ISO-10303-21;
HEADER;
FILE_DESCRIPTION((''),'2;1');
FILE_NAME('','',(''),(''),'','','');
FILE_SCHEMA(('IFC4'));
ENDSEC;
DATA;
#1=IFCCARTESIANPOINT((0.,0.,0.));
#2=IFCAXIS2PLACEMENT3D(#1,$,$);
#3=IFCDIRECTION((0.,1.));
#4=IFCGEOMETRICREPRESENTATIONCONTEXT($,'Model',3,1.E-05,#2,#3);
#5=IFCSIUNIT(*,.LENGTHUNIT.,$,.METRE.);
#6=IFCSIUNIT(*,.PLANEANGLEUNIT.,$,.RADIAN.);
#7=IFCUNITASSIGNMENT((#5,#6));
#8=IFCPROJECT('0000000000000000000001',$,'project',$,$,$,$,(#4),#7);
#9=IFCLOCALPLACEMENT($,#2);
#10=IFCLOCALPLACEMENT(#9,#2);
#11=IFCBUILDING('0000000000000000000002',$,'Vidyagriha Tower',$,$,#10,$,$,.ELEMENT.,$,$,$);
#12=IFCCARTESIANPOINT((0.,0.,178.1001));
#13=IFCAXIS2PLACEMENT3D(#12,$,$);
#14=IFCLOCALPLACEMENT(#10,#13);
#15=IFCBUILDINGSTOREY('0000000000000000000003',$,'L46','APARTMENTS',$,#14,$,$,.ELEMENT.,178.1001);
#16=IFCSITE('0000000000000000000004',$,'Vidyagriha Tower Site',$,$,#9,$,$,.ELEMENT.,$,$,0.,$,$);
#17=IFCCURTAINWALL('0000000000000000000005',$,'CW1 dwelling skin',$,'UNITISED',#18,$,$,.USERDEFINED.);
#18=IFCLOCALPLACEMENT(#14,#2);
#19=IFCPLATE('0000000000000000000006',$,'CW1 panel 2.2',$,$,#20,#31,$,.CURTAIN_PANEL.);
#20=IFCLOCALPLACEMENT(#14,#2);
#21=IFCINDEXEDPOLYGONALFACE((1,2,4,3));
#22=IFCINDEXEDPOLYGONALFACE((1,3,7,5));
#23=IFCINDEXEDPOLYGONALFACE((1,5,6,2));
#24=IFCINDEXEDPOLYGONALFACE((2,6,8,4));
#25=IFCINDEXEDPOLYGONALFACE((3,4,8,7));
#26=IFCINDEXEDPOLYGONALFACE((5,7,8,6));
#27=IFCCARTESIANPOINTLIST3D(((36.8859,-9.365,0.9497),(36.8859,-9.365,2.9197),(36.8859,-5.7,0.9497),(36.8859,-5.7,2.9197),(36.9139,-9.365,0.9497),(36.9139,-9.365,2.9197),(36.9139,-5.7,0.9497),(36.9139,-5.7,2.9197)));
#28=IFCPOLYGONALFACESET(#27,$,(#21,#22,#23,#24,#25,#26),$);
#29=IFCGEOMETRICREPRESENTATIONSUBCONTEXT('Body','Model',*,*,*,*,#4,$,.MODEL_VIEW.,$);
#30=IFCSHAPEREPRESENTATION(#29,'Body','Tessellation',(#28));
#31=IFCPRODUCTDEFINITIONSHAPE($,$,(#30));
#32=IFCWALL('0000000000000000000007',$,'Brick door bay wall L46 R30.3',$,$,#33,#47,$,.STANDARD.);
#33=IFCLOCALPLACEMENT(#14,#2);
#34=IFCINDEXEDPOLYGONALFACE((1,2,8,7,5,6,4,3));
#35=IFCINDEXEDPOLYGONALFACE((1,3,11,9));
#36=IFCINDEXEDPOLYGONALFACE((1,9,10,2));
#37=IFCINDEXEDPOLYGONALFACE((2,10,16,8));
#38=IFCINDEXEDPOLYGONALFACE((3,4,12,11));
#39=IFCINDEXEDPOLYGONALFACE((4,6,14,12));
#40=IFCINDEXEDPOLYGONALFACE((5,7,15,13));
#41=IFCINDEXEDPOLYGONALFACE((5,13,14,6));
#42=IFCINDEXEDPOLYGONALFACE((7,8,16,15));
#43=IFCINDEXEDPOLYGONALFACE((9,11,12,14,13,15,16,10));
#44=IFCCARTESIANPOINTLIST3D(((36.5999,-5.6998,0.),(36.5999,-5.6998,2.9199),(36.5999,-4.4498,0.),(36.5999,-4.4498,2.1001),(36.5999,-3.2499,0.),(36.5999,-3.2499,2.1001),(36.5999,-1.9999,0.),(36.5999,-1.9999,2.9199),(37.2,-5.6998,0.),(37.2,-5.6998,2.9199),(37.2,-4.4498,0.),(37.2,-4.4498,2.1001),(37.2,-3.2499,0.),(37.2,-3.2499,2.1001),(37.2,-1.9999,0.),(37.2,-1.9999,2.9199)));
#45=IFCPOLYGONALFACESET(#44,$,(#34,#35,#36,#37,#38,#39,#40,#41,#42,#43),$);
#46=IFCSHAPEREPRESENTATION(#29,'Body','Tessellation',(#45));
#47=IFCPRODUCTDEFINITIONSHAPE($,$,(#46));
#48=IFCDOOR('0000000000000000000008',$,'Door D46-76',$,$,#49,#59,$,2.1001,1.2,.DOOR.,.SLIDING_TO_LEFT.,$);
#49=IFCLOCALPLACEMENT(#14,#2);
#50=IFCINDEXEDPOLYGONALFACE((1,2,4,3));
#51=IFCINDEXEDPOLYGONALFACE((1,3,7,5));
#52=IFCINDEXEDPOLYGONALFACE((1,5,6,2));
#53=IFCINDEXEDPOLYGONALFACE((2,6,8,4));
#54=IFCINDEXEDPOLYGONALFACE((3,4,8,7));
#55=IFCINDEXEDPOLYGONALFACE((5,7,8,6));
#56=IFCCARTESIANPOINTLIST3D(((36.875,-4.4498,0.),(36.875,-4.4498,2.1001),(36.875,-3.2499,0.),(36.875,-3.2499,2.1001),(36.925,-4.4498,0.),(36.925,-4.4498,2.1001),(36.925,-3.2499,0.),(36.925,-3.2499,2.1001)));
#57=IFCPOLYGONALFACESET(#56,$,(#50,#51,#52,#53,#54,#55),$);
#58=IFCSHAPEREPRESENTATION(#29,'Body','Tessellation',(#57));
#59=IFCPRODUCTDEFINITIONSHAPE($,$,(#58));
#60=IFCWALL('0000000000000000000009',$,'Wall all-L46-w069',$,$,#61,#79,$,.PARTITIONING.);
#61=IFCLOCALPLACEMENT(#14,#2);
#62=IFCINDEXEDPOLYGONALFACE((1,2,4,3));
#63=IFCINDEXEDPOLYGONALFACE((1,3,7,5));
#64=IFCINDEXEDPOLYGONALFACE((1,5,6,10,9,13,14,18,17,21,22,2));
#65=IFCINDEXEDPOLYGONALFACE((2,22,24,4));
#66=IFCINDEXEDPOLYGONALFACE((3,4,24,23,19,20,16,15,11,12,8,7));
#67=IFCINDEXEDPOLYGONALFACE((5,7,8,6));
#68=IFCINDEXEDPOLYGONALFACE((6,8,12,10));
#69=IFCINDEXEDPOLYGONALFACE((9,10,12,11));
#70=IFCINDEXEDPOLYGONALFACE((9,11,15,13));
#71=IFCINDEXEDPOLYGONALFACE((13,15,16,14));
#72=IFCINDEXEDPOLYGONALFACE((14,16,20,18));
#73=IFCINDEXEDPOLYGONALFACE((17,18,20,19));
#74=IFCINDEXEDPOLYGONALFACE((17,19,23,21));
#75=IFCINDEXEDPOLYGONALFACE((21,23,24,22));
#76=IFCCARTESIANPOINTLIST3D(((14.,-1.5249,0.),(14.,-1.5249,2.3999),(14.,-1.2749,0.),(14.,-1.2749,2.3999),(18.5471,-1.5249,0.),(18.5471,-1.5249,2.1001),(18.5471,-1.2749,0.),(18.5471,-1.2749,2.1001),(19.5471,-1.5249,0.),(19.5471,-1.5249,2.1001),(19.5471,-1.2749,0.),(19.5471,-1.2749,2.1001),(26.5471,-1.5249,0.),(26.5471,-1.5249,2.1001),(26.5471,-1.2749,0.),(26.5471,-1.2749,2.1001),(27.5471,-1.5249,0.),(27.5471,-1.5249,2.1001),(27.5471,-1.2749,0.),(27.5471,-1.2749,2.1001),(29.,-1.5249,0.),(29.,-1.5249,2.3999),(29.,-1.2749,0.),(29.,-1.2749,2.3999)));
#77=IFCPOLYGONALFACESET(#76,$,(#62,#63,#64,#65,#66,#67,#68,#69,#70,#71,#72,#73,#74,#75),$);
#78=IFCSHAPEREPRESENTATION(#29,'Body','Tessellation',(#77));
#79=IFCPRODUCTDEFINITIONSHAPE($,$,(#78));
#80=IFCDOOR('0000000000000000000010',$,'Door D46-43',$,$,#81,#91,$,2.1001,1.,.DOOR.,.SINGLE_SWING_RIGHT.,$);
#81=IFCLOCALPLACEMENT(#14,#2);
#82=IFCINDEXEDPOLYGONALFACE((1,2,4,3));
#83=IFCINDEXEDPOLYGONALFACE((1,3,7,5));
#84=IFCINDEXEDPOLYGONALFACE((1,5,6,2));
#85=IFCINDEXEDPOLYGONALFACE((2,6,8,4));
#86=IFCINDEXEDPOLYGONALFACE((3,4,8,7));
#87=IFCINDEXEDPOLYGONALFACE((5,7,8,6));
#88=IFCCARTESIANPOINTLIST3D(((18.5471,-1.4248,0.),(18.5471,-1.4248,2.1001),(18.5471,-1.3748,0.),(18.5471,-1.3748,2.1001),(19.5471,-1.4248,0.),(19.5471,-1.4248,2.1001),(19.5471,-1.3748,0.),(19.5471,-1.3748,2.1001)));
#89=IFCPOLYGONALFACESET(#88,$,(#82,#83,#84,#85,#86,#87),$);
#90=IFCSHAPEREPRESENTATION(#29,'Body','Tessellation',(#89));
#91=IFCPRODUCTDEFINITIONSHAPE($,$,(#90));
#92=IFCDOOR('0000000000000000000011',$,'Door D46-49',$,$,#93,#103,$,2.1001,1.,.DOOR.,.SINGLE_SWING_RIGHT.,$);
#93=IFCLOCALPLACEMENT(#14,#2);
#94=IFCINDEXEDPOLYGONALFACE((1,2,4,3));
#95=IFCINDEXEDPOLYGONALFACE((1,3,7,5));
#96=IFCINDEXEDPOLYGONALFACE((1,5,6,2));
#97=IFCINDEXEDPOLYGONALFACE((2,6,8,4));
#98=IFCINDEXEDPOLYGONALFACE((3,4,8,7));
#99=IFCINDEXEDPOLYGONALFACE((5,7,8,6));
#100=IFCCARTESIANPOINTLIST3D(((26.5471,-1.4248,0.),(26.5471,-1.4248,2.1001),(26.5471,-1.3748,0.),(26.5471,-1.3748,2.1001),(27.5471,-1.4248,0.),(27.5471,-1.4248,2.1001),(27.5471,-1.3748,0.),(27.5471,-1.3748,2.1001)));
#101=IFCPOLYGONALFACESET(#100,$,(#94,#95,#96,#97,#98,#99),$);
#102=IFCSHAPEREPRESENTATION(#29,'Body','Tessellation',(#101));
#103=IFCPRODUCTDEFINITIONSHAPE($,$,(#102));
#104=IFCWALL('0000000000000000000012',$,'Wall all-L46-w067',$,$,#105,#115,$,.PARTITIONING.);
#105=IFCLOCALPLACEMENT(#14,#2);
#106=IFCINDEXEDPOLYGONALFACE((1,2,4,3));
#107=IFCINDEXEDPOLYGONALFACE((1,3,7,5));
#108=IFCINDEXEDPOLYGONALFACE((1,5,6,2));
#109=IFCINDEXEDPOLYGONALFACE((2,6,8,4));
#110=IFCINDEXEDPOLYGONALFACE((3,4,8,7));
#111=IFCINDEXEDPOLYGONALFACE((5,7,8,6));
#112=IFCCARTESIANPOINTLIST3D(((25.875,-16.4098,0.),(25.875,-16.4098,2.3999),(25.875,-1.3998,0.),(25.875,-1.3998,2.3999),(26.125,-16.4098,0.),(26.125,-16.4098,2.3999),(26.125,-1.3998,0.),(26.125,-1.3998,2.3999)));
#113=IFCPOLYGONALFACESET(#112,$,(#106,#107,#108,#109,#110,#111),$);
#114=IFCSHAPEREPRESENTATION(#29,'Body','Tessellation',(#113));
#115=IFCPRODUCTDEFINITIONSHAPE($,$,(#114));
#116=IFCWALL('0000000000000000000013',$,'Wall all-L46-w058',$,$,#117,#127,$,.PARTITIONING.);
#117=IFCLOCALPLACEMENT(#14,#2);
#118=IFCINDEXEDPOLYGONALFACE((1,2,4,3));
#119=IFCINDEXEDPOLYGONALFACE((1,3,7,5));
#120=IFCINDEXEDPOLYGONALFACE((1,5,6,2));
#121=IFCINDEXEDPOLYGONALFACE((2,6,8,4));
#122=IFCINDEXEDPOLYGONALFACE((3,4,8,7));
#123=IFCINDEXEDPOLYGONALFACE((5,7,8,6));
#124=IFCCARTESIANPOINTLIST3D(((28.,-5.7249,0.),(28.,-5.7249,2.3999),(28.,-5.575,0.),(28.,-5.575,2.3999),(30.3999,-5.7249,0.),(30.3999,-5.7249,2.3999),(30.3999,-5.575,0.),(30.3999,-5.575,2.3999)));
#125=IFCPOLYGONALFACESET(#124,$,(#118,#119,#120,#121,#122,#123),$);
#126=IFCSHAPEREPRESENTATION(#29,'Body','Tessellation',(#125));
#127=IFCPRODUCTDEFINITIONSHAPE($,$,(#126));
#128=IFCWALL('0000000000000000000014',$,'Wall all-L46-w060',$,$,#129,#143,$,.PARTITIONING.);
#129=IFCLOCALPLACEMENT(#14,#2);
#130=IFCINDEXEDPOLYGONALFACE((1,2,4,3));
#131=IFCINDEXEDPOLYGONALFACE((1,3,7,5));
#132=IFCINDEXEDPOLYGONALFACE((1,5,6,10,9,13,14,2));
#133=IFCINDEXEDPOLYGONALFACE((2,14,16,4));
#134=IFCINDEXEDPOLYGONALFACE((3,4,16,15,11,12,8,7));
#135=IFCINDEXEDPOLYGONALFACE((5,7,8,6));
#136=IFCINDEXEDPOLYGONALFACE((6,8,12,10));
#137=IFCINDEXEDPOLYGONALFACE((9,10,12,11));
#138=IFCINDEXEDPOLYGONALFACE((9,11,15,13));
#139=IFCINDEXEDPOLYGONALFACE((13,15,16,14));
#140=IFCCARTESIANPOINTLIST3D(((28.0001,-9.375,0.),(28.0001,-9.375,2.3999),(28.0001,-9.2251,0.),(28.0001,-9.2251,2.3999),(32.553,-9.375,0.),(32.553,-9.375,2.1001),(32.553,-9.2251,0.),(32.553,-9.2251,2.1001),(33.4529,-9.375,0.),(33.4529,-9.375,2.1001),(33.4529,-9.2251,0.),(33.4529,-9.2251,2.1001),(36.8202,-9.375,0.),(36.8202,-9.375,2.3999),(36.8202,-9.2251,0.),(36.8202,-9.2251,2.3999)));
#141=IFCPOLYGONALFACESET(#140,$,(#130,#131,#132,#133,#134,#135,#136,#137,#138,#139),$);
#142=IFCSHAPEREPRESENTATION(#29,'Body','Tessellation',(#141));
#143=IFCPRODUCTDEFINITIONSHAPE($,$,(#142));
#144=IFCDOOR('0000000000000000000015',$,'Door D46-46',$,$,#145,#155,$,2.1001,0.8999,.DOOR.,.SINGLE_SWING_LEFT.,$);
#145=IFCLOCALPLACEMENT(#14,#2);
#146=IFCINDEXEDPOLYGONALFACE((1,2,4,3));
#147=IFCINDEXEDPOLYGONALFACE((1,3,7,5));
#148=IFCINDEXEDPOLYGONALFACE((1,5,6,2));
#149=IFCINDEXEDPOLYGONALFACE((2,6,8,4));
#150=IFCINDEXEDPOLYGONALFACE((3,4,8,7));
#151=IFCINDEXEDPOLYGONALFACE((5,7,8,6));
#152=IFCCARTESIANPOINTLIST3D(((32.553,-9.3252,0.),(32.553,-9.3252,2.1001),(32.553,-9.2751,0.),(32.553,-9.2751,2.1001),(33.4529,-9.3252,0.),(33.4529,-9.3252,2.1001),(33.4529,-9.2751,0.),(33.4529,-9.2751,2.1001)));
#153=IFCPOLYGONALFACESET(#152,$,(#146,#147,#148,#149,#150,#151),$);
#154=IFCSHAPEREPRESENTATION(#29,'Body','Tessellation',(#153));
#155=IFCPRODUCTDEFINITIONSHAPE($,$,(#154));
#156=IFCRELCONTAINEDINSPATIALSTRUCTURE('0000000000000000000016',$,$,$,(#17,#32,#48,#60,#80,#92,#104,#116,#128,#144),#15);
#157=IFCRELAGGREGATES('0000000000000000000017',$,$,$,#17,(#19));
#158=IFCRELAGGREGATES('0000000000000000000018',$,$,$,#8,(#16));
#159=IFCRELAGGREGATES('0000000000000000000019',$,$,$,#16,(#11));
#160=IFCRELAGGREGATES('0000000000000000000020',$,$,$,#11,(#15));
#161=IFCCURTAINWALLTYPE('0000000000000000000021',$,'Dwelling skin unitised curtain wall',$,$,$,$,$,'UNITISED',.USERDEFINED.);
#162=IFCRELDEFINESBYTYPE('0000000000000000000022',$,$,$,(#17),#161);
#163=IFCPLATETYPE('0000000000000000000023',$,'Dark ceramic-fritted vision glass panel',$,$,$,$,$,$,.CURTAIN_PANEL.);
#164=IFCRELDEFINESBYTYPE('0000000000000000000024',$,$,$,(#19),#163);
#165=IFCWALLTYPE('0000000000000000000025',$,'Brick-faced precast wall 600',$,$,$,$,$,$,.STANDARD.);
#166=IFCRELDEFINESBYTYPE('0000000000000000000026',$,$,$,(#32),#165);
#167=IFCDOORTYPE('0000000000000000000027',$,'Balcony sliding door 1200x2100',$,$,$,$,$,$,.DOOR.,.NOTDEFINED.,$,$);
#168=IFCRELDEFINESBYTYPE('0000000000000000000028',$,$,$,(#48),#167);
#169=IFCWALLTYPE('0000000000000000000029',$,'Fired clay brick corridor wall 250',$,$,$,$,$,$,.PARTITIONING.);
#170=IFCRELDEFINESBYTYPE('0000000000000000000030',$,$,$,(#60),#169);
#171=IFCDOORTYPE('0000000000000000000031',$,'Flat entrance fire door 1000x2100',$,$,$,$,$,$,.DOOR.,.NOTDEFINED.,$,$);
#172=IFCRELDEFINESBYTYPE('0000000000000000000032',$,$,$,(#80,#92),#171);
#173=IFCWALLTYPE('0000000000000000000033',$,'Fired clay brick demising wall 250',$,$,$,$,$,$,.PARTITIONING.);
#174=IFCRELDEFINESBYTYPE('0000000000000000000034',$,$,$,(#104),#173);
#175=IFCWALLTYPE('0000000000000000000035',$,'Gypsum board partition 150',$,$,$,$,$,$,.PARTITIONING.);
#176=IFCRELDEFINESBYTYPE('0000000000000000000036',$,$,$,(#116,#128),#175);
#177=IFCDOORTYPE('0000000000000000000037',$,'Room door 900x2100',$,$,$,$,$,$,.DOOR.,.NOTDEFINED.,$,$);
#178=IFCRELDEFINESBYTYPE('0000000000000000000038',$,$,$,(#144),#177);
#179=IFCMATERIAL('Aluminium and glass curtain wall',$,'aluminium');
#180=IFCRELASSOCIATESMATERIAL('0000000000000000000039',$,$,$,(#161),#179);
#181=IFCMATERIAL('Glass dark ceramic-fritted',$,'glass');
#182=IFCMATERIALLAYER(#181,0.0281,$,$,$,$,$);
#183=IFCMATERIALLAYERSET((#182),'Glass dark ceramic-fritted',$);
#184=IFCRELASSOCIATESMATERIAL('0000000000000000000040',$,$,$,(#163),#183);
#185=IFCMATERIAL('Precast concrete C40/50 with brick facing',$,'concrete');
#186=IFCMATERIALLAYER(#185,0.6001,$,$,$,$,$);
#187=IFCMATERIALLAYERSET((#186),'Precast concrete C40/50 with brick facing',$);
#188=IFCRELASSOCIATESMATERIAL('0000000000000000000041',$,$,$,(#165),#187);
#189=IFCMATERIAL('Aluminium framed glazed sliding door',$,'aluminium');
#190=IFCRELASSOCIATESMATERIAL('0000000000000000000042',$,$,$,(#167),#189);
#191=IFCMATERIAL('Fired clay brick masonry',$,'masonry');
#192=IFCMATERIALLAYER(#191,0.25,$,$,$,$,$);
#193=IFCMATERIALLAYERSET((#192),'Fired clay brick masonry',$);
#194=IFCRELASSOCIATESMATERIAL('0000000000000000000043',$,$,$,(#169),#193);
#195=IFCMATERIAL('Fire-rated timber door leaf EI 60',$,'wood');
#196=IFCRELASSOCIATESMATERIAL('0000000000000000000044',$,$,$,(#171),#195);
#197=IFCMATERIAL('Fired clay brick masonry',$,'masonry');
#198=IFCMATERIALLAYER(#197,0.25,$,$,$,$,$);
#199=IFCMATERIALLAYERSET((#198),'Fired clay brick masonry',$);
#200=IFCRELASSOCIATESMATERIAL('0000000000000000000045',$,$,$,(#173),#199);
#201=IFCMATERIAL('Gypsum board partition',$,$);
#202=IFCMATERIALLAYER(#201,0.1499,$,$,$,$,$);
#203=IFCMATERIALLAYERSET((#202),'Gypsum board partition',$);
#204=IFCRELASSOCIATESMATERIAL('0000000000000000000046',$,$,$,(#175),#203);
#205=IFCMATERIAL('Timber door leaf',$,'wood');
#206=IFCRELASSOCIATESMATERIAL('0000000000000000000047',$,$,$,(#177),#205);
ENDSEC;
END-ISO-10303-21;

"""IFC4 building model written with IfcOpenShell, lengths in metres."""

from ifc_helpers import new_model, si_unit, direction, frame, frame_2d, origin, origin_2d, place, context, subcontext, project, spatial, rectangle, extrude, material, layer, layer_set, type_object, element, fill, aggregate, save


model = new_model("IFC4")

# Units and contexts
model_context = context("Model", 3, precision=1e-05, world=origin(), true_north=direction((0.0, 1.0)))
body_context = subcontext(model_context, "Body", "Model", "MODEL_VIEW")
ifc_project = project(units=[si_unit("LENGTHUNIT", "METRE"), si_unit("PLANEANGLEUNIT", "RADIAN")], contexts=[model_context])

# Site, building, storey
site_placement = place(None, origin())
site = spatial("IfcSite", under=ifc_project, at=site_placement, Name="Vidyagriha Tower Site", CompositionType="ELEMENT", RefElevation=0.0)
building_placement = place(site_placement, origin())
building = spatial("IfcBuilding", under=site, at=building_placement, Name="Vidyagriha Tower", CompositionType="ELEMENT")
storey_placement = place(building_placement, frame((0.0, 0.0, 178.1001)))
storey = spatial("IfcBuildingStorey", under=building, at=storey_placement, Name="L46", Description="APARTMENTS", CompositionType="ELEMENT", Elevation=178.1001)

# Curtain wall
ifc_material_1 = material(Name="Aluminium and glass curtain wall", Category="aluminium")
curtain_wall_type = type_object("IfcCurtainWallType", Name="Dwelling skin unitised curtain wall", ElementType="UNITISED", PredefinedType="USERDEFINED", material=ifc_material_1)
curtain_wall_1_placement = place(storey_placement, origin())
curtain_wall_1 = element("IfcCurtainWall", 1, at=curtain_wall_1_placement, inside=storey, type_object=curtain_wall_type, Name="CW1 dwelling skin", ObjectType="UNITISED", PredefinedType="USERDEFINED")

# Plate
ifc_material_2 = material(Name="Glass dark ceramic-fritted", Category="glass")
ifc_layer_1 = layer(ifc_material_2, 0.0281)
ifc_layer_set_1 = layer_set([ifc_layer_1], Name="Glass dark ceramic-fritted")
plate_type_1 = type_object("IfcPlateType", Name="Dark ceramic-fritted vision glass panel", PredefinedType="CURTAIN_PANEL", material=ifc_layer_set_1)
plate_1_placement = place(storey_placement, frame((36.8999, -7.5325, 0.9497), z_axis=(0.0, 0.0, 1.0), x_axis=(0.0, 1.0, 0.0)))
plate_1 = element("IfcPlate", 2, at=plate_1_placement, type_object=plate_type_1, Name="CW1 panel 2.2", PredefinedType="CURTAIN_PANEL", context=body_context, shape_type="SweptSolid", body=[
    extrude(rectangle(XDim=3.665, YDim=0.0281, at=origin_2d()), origin(), (0.0, 0.0, 1.0), 1.97),
])
aggregate(curtain_wall_1, [plate_1])

# Wall, opening, door
ifc_material_3 = material(Name="Precast concrete C40/50 with brick facing", Category="concrete")
ifc_layer_2 = layer(ifc_material_3, 0.6001)
ifc_layer_set_2 = layer_set([ifc_layer_2], Name="Precast concrete C40/50 with brick facing")
wall_type_1 = type_object("IfcWallType", Name="Brick-faced precast wall 600", PredefinedType="STANDARD", material=ifc_layer_set_2)
wall_1_placement = place(storey_placement, frame((36.8999, -5.7, 0.0), z_axis=(0.0, 0.0, 1.0), x_axis=(0.0, 1.0, 0.0)))
wall_1 = element("IfcWall", 3, at=wall_1_placement, inside=storey, type_object=wall_type_1, Name="Brick door bay wall L46 R30.3", PredefinedType="STANDARD", context=body_context, shape_type="SweptSolid", body=[
    extrude(rectangle(XDim=3.7, YDim=0.6001, at=frame_2d((1.8501, 0.0))), origin(), (0.0, 0.0, 1.0), 2.9199),
])
opening_1_placement = place(wall_1_placement, frame((1.25, 0.0, 0.0)))
opening_1 = element("IfcOpeningElement", 4, at=opening_1_placement, cuts=wall_1, PredefinedType="OPENING", context=body_context, shape_type="SweptSolid", body=[
    extrude(rectangle(XDim=1.2, YDim=2.1001, at=frame_2d((0.6001, 1.05))), frame((0.0, 0.3101, 0.0), z_axis=(0.0, -1.0, 0.0), x_axis=(1.0, 0.0, 0.0)), (0.0, 0.0, 1.0), 0.6201),
])
ifc_material_4 = material(Name="Aluminium framed glazed sliding door", Category="aluminium")
door_type_1 = type_object("IfcDoorType", Name="Balcony sliding door 1200x2100", OperationType="NOTDEFINED", PredefinedType="DOOR", material=ifc_material_4)
door_1_placement = place(opening_1_placement, origin())
door_1 = element("IfcDoor", 5, at=door_1_placement, inside=storey, type_object=door_type_1, Name="Door D46-76", OperationType="SLIDING_TO_LEFT", OverallHeight=2.1001, OverallWidth=1.2, PredefinedType="DOOR", context=body_context, shape_type="SweptSolid", body=[
    extrude(rectangle(XDim=1.2, YDim=2.1001, at=frame_2d((0.6001, 1.05))), frame((0.0, 0.0249, 0.0), z_axis=(0.0, -1.0, 0.0), x_axis=(1.0, 0.0, 0.0)), (0.0, 0.0, 1.0), 0.05),
])
fill(opening_1, door_1)

# Wall, openings, doors
ifc_material_5 = material(Name="Fired clay brick masonry", Category="masonry")
ifc_layer_3 = layer(ifc_material_5, 0.25)
ifc_layer_set_3 = layer_set([ifc_layer_3], Name="Fired clay brick masonry")
wall_type_2 = type_object("IfcWallType", Name="Fired clay brick corridor wall 250", PredefinedType="PARTITIONING", material=ifc_layer_set_3)
wall_2_placement = place(storey_placement, frame((29.0, -1.3999, 0.0), z_axis=(0.0, 0.0, 1.0), x_axis=(-1.0, 0.0, 0.0)))
wall_2 = element("IfcWall", 6, at=wall_2_placement, inside=storey, type_object=wall_type_2, Name="Wall all-L46-w069", PredefinedType="PARTITIONING", context=body_context, shape_type="SweptSolid", body=[
    extrude(rectangle(XDim=15.0, YDim=0.25, at=frame_2d((7.5, 0.0))), origin(), (0.0, 0.0, 1.0), 2.3999),
])
opening_2_placement = place(wall_2_placement, frame((9.4529, 0.0, 0.0)))
opening_2 = element("IfcOpeningElement", 7, at=opening_2_placement, cuts=wall_2, PredefinedType="OPENING", context=body_context, shape_type="SweptSolid", body=[
    extrude(rectangle(XDim=1.0, YDim=2.1001, at=frame_2d((0.5, 1.05))), frame((0.0, 0.135, 0.0), z_axis=(0.0, -1.0, 0.0), x_axis=(1.0, 0.0, 0.0)), (0.0, 0.0, 1.0), 0.27),
])
opening_3_placement = place(wall_2_placement, frame((1.4529, 0.0, 0.0)))
opening_3 = element("IfcOpeningElement", 8, at=opening_3_placement, cuts=wall_2, PredefinedType="OPENING", context=body_context, shape_type="SweptSolid", body=[
    extrude(rectangle(XDim=1.0, YDim=2.1001, at=frame_2d((0.5, 1.05))), frame((0.0, 0.135, 0.0), z_axis=(0.0, -1.0, 0.0), x_axis=(1.0, 0.0, 0.0)), (0.0, 0.0, 1.0), 0.27),
])
ifc_material_6 = material(Name="Fire-rated timber door leaf EI 60", Category="wood")
door_type_2 = type_object("IfcDoorType", Name="Flat entrance fire door 1000x2100", OperationType="NOTDEFINED", PredefinedType="DOOR", material=ifc_material_6)
door_2_placement = place(opening_2_placement, origin())
door_2 = element("IfcDoor", 9, at=door_2_placement, inside=storey, type_object=door_type_2, Name="Door D46-43", OperationType="SINGLE_SWING_RIGHT", OverallHeight=2.1001, OverallWidth=1.0, PredefinedType="DOOR", context=body_context, shape_type="SweptSolid", body=[
    extrude(rectangle(XDim=1.0, YDim=2.1001, at=frame_2d((0.5, 1.05))), frame((0.0, 0.0249, 0.0), z_axis=(0.0, -1.0, 0.0), x_axis=(1.0, 0.0, 0.0)), (0.0, 0.0, 1.0), 0.05),
])
fill(opening_2, door_2)
door_3_placement = place(opening_3_placement, origin())
door_3 = element("IfcDoor", 10, at=door_3_placement, inside=storey, type_object=door_type_2, Name="Door D46-49", OperationType="SINGLE_SWING_RIGHT", OverallHeight=2.1001, OverallWidth=1.0, PredefinedType="DOOR", context=body_context, shape_type="SweptSolid", body=[
    extrude(rectangle(XDim=1.0, YDim=2.1001, at=frame_2d((0.5, 1.05))), frame((0.0, 0.0249, 0.0), z_axis=(0.0, -1.0, 0.0), x_axis=(1.0, 0.0, 0.0)), (0.0, 0.0, 1.0), 0.05),
])
fill(opening_3, door_3)

# Walls
ifc_material_7 = material(Name="Fired clay brick masonry", Category="masonry")
ifc_layer_4 = layer(ifc_material_7, 0.25)
ifc_layer_set_4 = layer_set([ifc_layer_4], Name="Fired clay brick masonry")
wall_type_3 = type_object("IfcWallType", Name="Fired clay brick demising wall 250", PredefinedType="PARTITIONING", material=ifc_layer_set_4)
wall_3_placement = place(storey_placement, frame((26.0, -1.3999, 0.0), z_axis=(0.0, 0.0, 1.0), x_axis=(0.0, -1.0, 0.0)))
element("IfcWall", 11, at=wall_3_placement, inside=storey, type_object=wall_type_3, Name="Wall all-L46-w067", PredefinedType="PARTITIONING", context=body_context, shape_type="SweptSolid", body=[
    extrude(rectangle(XDim=15.01, YDim=0.25, at=frame_2d((7.5049, 0.0))), origin(), (0.0, 0.0, 1.0), 2.3999),
])
ifc_material_8 = material(Name="Gypsum board partition")
ifc_layer_5 = layer(ifc_material_8, 0.1499)
ifc_layer_set_5 = layer_set([ifc_layer_5], Name="Gypsum board partition")
wall_type_4 = type_object("IfcWallType", Name="Gypsum board partition 150", PredefinedType="PARTITIONING", material=ifc_layer_set_5)
wall_4_placement = place(storey_placement, frame((30.3999, -5.6499, 0.0), z_axis=(0.0, 0.0, 1.0), x_axis=(-1.0, 0.0, 0.0)))
element("IfcWall", 12, at=wall_4_placement, inside=storey, type_object=wall_type_4, Name="Wall all-L46-w058", PredefinedType="PARTITIONING", context=body_context, shape_type="SweptSolid", body=[
    extrude(rectangle(XDim=2.3999, YDim=0.1499, at=frame_2d((1.2, 0.0))), origin(), (0.0, 0.0, 1.0), 2.3999),
])

# Wall, opening, door
wall_5_placement = place(storey_placement, frame((28.0, -9.3, 0.0)))
wall_5 = element("IfcWall", 13, at=wall_5_placement, inside=storey, type_object=wall_type_4, Name="Wall all-L46-w060", PredefinedType="PARTITIONING", context=body_context, shape_type="SweptSolid", body=[
    extrude(rectangle(XDim=8.8201, YDim=0.1499, at=frame_2d((4.4102, 0.0))), origin(), (0.0, 0.0, 1.0), 2.3999),
])
opening_4_placement = place(wall_5_placement, frame((4.553, 0.0, 0.0)))
opening_4 = element("IfcOpeningElement", 14, at=opening_4_placement, cuts=wall_5, PredefinedType="OPENING", context=body_context, shape_type="SweptSolid", body=[
    extrude(rectangle(XDim=0.8999, YDim=2.1001, at=frame_2d((0.45, 1.05))), frame((0.0, 0.085, 0.0), z_axis=(0.0, -1.0, 0.0), x_axis=(1.0, 0.0, 0.0)), (0.0, 0.0, 1.0), 0.1699),
])
ifc_material_9 = material(Name="Timber door leaf", Category="wood")
door_type_3 = type_object("IfcDoorType", Name="Room door 900x2100", OperationType="NOTDEFINED", PredefinedType="DOOR", material=ifc_material_9)
door_4_placement = place(opening_4_placement, origin())
door_4 = element("IfcDoor", 15, at=door_4_placement, inside=storey, type_object=door_type_3, Name="Door D46-46", OperationType="SINGLE_SWING_LEFT", OverallHeight=2.1001, OverallWidth=0.8999, PredefinedType="DOOR", context=body_context, shape_type="SweptSolid", body=[
    extrude(rectangle(XDim=0.8999, YDim=2.1001, at=frame_2d((0.45, 1.05))), frame((0.0, 0.0249, 0.0), z_axis=(0.0, -1.0, 0.0), x_axis=(1.0, 0.0, 0.0)), (0.0, 0.0, 1.0), 0.05),
])
fill(opening_4, door_4)

save(model, "model.ifc")
